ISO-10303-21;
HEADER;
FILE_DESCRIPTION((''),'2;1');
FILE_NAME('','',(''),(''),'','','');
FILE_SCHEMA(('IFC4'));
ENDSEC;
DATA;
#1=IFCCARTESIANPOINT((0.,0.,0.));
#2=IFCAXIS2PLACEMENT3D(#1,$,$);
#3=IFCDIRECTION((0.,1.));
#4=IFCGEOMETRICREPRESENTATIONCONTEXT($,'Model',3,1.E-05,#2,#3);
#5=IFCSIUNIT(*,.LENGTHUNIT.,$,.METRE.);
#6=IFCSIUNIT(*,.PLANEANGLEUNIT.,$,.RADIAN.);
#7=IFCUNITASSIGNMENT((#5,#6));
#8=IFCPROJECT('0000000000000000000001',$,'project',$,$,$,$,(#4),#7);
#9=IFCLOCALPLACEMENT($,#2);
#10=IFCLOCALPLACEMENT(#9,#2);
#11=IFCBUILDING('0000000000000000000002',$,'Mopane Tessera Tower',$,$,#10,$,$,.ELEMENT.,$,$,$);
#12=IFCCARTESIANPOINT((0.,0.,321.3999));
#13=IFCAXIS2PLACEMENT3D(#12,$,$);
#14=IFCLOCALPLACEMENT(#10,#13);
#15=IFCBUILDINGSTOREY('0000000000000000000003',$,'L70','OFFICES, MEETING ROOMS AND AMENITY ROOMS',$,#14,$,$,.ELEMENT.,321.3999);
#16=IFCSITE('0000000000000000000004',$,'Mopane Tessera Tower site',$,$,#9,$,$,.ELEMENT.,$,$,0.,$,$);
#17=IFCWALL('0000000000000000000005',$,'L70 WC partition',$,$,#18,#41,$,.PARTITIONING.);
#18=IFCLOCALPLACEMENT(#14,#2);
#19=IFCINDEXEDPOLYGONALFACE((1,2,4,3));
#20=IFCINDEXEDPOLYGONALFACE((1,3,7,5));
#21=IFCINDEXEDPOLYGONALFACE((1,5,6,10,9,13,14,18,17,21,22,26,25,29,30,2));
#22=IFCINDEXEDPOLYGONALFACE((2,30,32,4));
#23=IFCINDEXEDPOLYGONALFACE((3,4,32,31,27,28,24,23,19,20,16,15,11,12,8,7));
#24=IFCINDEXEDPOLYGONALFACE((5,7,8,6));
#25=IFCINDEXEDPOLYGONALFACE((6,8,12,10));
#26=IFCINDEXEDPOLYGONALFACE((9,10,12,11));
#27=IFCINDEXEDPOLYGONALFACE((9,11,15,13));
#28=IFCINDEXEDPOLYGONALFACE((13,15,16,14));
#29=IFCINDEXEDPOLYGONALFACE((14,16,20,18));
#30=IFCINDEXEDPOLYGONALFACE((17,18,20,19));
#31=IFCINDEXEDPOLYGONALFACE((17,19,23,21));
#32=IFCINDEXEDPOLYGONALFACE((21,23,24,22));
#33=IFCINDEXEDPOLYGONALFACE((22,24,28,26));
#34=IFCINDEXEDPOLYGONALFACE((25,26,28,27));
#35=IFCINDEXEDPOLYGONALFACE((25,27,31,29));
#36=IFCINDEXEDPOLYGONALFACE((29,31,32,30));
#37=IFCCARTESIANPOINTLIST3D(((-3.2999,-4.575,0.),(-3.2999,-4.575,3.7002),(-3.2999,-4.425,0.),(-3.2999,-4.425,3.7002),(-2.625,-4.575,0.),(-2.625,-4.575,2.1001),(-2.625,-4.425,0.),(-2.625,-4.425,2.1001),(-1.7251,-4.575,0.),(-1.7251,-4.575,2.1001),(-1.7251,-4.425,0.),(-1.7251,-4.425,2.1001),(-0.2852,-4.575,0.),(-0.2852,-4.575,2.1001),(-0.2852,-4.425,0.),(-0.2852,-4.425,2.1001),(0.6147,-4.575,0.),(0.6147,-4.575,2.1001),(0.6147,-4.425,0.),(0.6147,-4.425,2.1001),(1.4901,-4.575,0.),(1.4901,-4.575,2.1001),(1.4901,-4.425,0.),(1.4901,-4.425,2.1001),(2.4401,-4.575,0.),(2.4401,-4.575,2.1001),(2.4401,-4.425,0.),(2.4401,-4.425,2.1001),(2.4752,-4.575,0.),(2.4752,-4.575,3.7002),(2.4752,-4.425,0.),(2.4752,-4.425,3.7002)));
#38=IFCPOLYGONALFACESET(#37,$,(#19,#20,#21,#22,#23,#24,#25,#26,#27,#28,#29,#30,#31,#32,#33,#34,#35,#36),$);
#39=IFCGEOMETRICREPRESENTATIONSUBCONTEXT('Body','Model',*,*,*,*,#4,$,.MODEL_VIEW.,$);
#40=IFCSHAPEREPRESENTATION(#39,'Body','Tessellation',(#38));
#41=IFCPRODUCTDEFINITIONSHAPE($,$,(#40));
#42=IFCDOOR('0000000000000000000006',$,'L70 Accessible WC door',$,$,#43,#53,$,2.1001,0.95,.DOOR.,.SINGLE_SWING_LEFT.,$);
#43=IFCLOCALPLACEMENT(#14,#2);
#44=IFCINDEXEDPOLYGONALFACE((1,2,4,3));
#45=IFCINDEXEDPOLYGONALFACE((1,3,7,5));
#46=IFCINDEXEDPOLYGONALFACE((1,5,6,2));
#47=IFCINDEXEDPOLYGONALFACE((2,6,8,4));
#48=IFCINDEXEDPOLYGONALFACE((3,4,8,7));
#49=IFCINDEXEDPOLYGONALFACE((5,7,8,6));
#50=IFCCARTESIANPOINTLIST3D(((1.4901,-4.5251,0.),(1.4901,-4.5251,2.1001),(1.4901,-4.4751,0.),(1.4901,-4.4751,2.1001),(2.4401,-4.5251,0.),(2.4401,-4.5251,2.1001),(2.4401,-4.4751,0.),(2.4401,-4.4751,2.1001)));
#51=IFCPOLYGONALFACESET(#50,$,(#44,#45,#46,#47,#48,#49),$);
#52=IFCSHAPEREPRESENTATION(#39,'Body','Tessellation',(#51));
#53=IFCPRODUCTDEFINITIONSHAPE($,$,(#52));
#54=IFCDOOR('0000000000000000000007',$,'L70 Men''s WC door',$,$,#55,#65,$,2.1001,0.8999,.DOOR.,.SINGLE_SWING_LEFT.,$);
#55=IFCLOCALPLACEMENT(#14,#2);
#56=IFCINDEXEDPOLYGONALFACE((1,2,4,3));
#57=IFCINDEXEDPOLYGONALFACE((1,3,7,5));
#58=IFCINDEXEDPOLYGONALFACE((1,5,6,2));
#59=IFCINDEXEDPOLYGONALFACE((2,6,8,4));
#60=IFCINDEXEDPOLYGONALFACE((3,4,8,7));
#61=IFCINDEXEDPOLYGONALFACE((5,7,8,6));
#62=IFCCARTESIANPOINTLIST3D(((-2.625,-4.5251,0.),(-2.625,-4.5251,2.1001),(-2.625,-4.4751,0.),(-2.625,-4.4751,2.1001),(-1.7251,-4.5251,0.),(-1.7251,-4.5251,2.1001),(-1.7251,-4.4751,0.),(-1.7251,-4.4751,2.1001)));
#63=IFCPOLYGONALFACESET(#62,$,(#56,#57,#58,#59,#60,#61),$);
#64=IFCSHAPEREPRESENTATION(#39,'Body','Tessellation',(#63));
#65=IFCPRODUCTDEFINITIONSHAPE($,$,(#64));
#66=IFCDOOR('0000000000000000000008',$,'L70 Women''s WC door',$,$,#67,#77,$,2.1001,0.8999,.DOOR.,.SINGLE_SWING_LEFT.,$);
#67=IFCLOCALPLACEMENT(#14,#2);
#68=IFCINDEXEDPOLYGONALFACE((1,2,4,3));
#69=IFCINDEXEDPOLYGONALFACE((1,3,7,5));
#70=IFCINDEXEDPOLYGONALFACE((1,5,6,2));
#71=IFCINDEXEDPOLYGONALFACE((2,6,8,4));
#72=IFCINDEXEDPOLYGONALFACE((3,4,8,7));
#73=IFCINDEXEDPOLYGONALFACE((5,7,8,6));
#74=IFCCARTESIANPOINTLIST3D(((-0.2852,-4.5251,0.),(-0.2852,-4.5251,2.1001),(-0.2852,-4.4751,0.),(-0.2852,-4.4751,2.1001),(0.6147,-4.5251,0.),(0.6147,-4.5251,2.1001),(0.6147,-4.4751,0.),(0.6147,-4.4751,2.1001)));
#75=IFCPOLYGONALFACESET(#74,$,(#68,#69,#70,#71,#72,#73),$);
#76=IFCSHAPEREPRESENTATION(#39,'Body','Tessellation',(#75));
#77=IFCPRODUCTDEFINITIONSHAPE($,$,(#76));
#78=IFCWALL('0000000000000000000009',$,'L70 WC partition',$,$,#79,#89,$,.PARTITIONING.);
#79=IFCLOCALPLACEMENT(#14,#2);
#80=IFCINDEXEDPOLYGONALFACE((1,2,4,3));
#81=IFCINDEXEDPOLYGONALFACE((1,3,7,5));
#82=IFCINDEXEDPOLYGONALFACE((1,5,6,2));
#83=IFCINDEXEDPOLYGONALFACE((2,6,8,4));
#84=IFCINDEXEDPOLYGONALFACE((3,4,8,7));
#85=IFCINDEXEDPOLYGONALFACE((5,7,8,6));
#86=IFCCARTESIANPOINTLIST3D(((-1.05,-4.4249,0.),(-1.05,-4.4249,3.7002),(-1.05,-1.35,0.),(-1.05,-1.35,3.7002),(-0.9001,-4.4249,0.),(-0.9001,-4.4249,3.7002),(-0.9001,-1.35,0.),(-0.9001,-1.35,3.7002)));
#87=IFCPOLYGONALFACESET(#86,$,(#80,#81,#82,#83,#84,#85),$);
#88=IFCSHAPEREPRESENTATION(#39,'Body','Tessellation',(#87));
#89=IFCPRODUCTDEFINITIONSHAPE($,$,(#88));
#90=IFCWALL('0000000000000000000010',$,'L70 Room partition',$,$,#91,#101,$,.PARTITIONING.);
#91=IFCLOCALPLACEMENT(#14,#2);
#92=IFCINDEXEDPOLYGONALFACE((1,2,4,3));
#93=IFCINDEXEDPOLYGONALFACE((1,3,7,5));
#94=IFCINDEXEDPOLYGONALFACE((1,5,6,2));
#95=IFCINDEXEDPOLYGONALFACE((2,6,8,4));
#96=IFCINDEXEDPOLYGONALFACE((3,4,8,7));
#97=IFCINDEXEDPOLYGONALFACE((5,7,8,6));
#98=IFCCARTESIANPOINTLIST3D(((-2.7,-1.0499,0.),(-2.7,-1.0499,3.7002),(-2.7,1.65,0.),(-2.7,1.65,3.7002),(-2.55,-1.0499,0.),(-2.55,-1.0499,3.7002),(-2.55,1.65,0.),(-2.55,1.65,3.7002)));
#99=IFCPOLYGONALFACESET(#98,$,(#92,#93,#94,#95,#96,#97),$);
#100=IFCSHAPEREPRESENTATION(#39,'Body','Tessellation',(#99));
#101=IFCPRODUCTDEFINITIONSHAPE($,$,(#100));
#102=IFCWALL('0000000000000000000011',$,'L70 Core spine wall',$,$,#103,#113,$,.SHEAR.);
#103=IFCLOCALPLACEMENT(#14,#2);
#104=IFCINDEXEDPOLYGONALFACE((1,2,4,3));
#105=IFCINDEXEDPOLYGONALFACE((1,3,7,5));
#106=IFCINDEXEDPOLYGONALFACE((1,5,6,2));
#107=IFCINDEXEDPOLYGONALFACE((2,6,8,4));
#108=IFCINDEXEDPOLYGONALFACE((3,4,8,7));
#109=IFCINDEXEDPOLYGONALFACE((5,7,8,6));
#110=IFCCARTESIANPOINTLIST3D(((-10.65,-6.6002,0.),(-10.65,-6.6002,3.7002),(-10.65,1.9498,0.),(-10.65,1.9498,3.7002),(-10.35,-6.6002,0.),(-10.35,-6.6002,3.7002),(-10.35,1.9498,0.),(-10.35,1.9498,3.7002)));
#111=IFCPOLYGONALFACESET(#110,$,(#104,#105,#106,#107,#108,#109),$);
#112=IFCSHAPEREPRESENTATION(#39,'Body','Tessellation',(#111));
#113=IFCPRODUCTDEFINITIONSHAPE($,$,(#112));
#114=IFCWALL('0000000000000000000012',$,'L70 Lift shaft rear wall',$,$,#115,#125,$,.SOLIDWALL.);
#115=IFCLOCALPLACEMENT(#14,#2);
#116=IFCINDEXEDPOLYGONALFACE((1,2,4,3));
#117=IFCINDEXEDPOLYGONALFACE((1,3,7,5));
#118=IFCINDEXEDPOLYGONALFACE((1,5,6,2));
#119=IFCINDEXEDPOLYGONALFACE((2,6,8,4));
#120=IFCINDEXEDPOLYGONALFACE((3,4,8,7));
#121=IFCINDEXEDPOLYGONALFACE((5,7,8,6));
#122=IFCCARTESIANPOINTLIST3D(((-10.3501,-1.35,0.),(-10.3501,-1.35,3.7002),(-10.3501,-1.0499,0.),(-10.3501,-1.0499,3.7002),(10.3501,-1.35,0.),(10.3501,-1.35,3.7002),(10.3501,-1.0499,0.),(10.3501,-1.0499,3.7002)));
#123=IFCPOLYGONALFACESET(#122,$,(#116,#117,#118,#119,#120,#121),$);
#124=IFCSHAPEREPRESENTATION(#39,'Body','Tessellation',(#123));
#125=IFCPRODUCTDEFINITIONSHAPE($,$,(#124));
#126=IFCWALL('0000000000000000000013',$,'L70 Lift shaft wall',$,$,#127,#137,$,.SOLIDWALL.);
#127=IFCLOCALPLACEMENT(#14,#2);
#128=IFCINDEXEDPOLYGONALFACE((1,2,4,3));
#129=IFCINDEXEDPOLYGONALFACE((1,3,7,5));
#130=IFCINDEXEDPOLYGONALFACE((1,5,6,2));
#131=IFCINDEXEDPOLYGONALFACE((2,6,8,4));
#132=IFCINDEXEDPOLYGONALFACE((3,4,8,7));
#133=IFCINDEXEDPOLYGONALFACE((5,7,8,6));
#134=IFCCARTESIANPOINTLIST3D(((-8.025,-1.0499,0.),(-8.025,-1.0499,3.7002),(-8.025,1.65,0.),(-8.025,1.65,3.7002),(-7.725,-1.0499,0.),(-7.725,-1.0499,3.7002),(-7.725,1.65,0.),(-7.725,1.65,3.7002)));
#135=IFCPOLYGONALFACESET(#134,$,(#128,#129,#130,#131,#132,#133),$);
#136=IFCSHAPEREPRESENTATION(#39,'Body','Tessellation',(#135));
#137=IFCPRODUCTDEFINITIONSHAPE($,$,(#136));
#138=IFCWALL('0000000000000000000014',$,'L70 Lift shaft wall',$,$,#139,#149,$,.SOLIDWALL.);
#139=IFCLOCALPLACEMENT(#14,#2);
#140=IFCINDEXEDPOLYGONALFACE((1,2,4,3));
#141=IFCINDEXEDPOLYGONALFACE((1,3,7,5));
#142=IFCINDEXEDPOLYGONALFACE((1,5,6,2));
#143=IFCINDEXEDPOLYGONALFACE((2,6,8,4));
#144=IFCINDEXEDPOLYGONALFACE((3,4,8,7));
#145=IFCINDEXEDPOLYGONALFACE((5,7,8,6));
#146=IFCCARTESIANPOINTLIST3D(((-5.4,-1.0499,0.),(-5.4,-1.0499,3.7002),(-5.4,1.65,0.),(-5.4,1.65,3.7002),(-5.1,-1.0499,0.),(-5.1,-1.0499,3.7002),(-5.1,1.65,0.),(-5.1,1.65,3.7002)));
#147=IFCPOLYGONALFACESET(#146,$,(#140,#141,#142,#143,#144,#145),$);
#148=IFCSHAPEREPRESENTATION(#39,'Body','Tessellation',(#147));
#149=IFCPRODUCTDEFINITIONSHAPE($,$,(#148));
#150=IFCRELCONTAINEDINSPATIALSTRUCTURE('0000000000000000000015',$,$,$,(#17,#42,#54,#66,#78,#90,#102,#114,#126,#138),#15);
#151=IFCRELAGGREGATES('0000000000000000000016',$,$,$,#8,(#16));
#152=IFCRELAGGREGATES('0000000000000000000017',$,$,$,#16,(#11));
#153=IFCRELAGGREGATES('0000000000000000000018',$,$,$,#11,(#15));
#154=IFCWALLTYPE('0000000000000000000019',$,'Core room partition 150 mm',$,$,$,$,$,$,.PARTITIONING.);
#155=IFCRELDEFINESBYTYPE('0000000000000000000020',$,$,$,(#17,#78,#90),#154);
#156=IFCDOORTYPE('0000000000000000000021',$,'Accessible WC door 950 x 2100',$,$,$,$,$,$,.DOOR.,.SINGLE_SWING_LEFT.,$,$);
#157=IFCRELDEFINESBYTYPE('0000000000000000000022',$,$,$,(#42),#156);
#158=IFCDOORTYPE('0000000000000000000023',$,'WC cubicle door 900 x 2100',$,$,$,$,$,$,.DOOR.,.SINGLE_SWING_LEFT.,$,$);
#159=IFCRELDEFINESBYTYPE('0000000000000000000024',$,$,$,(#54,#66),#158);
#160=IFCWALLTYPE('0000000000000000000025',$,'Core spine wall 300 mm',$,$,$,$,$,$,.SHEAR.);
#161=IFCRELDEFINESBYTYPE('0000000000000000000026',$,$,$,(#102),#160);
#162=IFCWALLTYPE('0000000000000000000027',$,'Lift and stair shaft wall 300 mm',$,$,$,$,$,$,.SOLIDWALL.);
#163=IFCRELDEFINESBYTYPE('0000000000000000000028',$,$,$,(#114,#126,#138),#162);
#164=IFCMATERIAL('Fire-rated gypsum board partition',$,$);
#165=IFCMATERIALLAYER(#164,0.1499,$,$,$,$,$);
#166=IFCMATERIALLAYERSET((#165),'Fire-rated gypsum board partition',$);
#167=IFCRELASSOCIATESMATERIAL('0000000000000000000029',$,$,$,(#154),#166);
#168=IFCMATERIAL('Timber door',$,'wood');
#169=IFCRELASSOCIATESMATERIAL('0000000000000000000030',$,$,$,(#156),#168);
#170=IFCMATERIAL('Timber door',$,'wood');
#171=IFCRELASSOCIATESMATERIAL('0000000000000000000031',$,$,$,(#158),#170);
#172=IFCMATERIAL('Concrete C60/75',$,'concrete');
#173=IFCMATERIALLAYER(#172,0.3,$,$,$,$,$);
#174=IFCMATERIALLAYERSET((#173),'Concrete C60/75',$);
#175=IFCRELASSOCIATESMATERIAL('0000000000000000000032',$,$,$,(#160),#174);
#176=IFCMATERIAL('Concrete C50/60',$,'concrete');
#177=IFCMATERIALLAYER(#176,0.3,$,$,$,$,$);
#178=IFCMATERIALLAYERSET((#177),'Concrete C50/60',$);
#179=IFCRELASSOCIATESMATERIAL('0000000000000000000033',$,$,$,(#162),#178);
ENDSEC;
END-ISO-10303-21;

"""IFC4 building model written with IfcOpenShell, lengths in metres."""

from ifc_helpers import new_model, si_unit, direction, frame, frame_2d, origin, place, context, subcontext, project, spatial, rectangle, extrude, material, layer, layer_set, type_object, element, fill, save


model = new_model("IFC4")

# Units and contexts
model_context = context("Model", 3, precision=1e-05, world=origin(), true_north=direction((0.0, 1.0)))
body_context = subcontext(model_context, "Body", "Model", "MODEL_VIEW")
ifc_project = project(units=[si_unit("LENGTHUNIT", "METRE"), si_unit("PLANEANGLEUNIT", "RADIAN")], contexts=[model_context])

# Site, building, storey
site_placement = place(None, origin())
site = spatial("IfcSite", under=ifc_project, at=site_placement, Name="Mopane Tessera Tower site", CompositionType="ELEMENT", RefElevation=0.0)
building_placement = place(site_placement, origin())
building = spatial("IfcBuilding", under=site, at=building_placement, Name="Mopane Tessera Tower", CompositionType="ELEMENT")
storey_placement = place(building_placement, frame((0.0, 0.0, 321.3999)))
storey = spatial("IfcBuildingStorey", under=building, at=storey_placement, Name="L70", Description="OFFICES, MEETING ROOMS AND AMENITY ROOMS", CompositionType="ELEMENT", Elevation=321.3999)

# Shared definitions
ifc_material_1 = material(Name="Fire-rated gypsum board partition")
ifc_layer_1 = layer(ifc_material_1, 0.1499)
ifc_layer_set_1 = layer_set([ifc_layer_1], Name="Fire-rated gypsum board partition")
wall_type_1 = type_object("IfcWallType", Name="Core room partition 150 mm", PredefinedType="PARTITIONING", material=ifc_layer_set_1)

# Wall, openings, doors
wall_1_placement = place(storey_placement, frame((-3.3, -4.5, 0.0), z_axis=(0.0, 0.0, 1.0), x_axis=(1.0, 0.0, 0.0)))
wall_1 = element("IfcWall", 1, at=wall_1_placement, inside=storey, type_object=wall_type_1, Name="L70 WC partition", PredefinedType="PARTITIONING", context=body_context, shape_type="SweptSolid", body=[
    extrude(rectangle(XDim=5.7751, YDim=0.1499, at=frame_2d((2.8877, 0.0))), origin(), (0.0, 0.0, 1.0), 3.7002),
])
opening_1_placement = place(wall_1_placement, frame((0.675, 0.0, 0.0)))
opening_1 = element("IfcOpeningElement", 2, at=opening_1_placement, cuts=wall_1, PredefinedType="OPENING", context=body_context, shape_type="SweptSolid", body=[
    extrude(rectangle(XDim=0.8999, YDim=2.1001, at=frame_2d((0.45, 1.05))), frame((0.0, 0.0869, 0.0), z_axis=(0.0, -1.0, 0.0), x_axis=(1.0, 0.0, 0.0)), (0.0, 0.0, 1.0), 0.1738),
])
opening_2_placement = place(wall_1_placement, frame((3.0149, 0.0, 0.0)))
opening_2 = element("IfcOpeningElement", 3, at=opening_2_placement, cuts=wall_1, PredefinedType="OPENING", context=body_context, shape_type="SweptSolid", body=[
    extrude(rectangle(XDim=0.8999, YDim=2.1001, at=frame_2d((0.45, 1.05))), frame((0.0, 0.0869, 0.0), z_axis=(0.0, -1.0, 0.0), x_axis=(1.0, 0.0, 0.0)), (0.0, 0.0, 1.0), 0.1738),
])
opening_3_placement = place(wall_1_placement, frame((4.79, 0.0, 0.0)))
opening_3 = element("IfcOpeningElement", 4, at=opening_3_placement, cuts=wall_1, PredefinedType="OPENING", context=body_context, shape_type="SweptSolid", body=[
    extrude(rectangle(XDim=0.95, YDim=2.1001, at=frame_2d((0.4751, 1.05))), frame((0.0, 0.0869, 0.0), z_axis=(0.0, -1.0, 0.0), x_axis=(1.0, 0.0, 0.0)), (0.0, 0.0, 1.0), 0.1738),
])
ifc_material_2 = material(Name="Timber door", Category="wood")
door_type_1 = type_object("IfcDoorType", Name="Accessible WC door 950 x 2100", OperationType="SINGLE_SWING_LEFT", PredefinedType="DOOR", material=ifc_material_2)
door_1_placement = place(opening_3_placement, origin())
door_1 = element("IfcDoor", 5, at=door_1_placement, inside=storey, type_object=door_type_1, Name="L70 Accessible WC door", OperationType="SINGLE_SWING_LEFT", OverallHeight=2.1001, OverallWidth=0.95, PredefinedType="DOOR", context=body_context, shape_type="SweptSolid", body=[
    extrude(rectangle(XDim=0.95, YDim=2.1001, at=frame_2d((0.4751, 1.05))), frame((0.0, 0.0249, 0.0), z_axis=(0.0, -1.0, 0.0), x_axis=(1.0, 0.0, 0.0)), (0.0, 0.0, 1.0), 0.05),
])
fill(opening_3, door_1)
ifc_material_3 = material(Name="Timber door", Category="wood")
door_type_2 = type_object("IfcDoorType", Name="WC cubicle door 900 x 2100", OperationType="SINGLE_SWING_LEFT", PredefinedType="DOOR", material=ifc_material_3)
door_2_placement = place(opening_1_placement, origin())
door_2 = element("IfcDoor", 6, at=door_2_placement, inside=storey, type_object=door_type_2, Name="L70 Men's WC door", OperationType="SINGLE_SWING_LEFT", OverallHeight=2.1001, OverallWidth=0.8999, PredefinedType="DOOR", context=body_context, shape_type="SweptSolid", body=[
    extrude(rectangle(XDim=0.8999, YDim=2.1001, at=frame_2d((0.45, 1.05))), frame((0.0, 0.0249, 0.0), z_axis=(0.0, -1.0, 0.0), x_axis=(1.0, 0.0, 0.0)), (0.0, 0.0, 1.0), 0.05),
])
fill(opening_1, door_2)
door_3_placement = place(opening_2_placement, origin())
door_3 = element("IfcDoor", 7, at=door_3_placement, inside=storey, type_object=door_type_2, Name="L70 Women's WC door", OperationType="SINGLE_SWING_LEFT", OverallHeight=2.1001, OverallWidth=0.8999, PredefinedType="DOOR", context=body_context, shape_type="SweptSolid", body=[
    extrude(rectangle(XDim=0.8999, YDim=2.1001, at=frame_2d((0.45, 1.05))), frame((0.0, 0.0249, 0.0), z_axis=(0.0, -1.0, 0.0), x_axis=(1.0, 0.0, 0.0)), (0.0, 0.0, 1.0), 0.05),
])
fill(opening_2, door_3)

# Walls
wall_2_placement = place(storey_placement, frame((-0.9751, -4.425, 0.0), z_axis=(0.0, 0.0, 1.0), x_axis=(0.0, 1.0, 0.0)))
element("IfcWall", 8, at=wall_2_placement, inside=storey, type_object=wall_type_1, Name="L70 WC partition", PredefinedType="PARTITIONING", context=body_context, shape_type="SweptSolid", body=[
    extrude(rectangle(XDim=3.075, YDim=0.1499, at=frame_2d((1.5376, 0.0))), origin(), (0.0, 0.0, 1.0), 3.7002),
])
wall_3_placement = place(storey_placement, frame((-2.625, -1.05, 0.0), z_axis=(0.0, 0.0, 1.0), x_axis=(0.0, 1.0, 0.0)))
element("IfcWall", 9, at=wall_3_placement, inside=storey, type_object=wall_type_1, Name="L70 Room partition", PredefinedType="PARTITIONING", context=body_context, shape_type="SweptSolid", body=[
    extrude(rectangle(XDim=2.7, YDim=0.1499, at=frame_2d((1.3501, 0.0))), origin(), (0.0, 0.0, 1.0), 3.7002),
])
ifc_material_4 = material(Name="Concrete C60/75", Category="concrete")
ifc_layer_2 = layer(ifc_material_4, 0.3)
ifc_layer_set_2 = layer_set([ifc_layer_2], Name="Concrete C60/75")
wall_type_2 = type_object("IfcWallType", Name="Core spine wall 300 mm", PredefinedType="SHEAR", material=ifc_layer_set_2)
wall_4_placement = place(storey_placement, frame((-10.5, -6.6001, 0.0), z_axis=(0.0, 0.0, 1.0), x_axis=(0.0, 1.0, 0.0)))
element("IfcWall", 10, at=wall_4_placement, inside=storey, type_object=wall_type_2, Name="L70 Core spine wall", PredefinedType="SHEAR", context=body_context, shape_type="SweptSolid", body=[
    extrude(rectangle(XDim=8.55, YDim=0.3, at=frame_2d((4.2749, 0.0))), origin(), (0.0, 0.0, 1.0), 3.7002),
])
ifc_material_5 = material(Name="Concrete C50/60", Category="concrete")
ifc_layer_3 = layer(ifc_material_5, 0.3)
ifc_layer_set_3 = layer_set([ifc_layer_3], Name="Concrete C50/60")
wall_type_3 = type_object("IfcWallType", Name="Lift and stair shaft wall 300 mm", PredefinedType="SOLIDWALL", material=ifc_layer_set_3)
wall_5_placement = place(storey_placement, frame((-10.3501, -1.2, 0.0), z_axis=(0.0, 0.0, 1.0), x_axis=(1.0, 0.0, 0.0)))
element("IfcWall", 11, at=wall_5_placement, inside=storey, type_object=wall_type_3, Name="L70 Lift shaft rear wall", PredefinedType="SOLIDWALL", context=body_context, shape_type="SweptSolid", body=[
    extrude(rectangle(XDim=20.7002, YDim=0.3, at=frame_2d((10.3501, 0.0))), origin(), (0.0, 0.0, 1.0), 3.7002),
])
for number, where, z_axis, x_axis, name in (
    (12, (-7.875, -1.05, 0.0), (0.0, 0.0, 1.0), (0.0, 1.0, 0.0), "L70 Lift shaft wall"),
    (13, (-5.25, -1.05, 0.0), (0.0, 0.0, 1.0), (0.0, 1.0, 0.0), "L70 Lift shaft wall"),
):
    element("IfcWall", number, at=place(storey_placement, frame(where, z_axis=z_axis, x_axis=x_axis)), inside=storey, type_object=wall_type_3, Name=name, PredefinedType="SOLIDWALL", context=body_context, shape_type="SweptSolid", body=[
        extrude(rectangle(XDim=2.7, YDim=0.3, at=frame_2d((1.3501, 0.0))), origin(), (0.0, 0.0, 1.0), 3.7002),
    ])

save(model, "model.ifc")
